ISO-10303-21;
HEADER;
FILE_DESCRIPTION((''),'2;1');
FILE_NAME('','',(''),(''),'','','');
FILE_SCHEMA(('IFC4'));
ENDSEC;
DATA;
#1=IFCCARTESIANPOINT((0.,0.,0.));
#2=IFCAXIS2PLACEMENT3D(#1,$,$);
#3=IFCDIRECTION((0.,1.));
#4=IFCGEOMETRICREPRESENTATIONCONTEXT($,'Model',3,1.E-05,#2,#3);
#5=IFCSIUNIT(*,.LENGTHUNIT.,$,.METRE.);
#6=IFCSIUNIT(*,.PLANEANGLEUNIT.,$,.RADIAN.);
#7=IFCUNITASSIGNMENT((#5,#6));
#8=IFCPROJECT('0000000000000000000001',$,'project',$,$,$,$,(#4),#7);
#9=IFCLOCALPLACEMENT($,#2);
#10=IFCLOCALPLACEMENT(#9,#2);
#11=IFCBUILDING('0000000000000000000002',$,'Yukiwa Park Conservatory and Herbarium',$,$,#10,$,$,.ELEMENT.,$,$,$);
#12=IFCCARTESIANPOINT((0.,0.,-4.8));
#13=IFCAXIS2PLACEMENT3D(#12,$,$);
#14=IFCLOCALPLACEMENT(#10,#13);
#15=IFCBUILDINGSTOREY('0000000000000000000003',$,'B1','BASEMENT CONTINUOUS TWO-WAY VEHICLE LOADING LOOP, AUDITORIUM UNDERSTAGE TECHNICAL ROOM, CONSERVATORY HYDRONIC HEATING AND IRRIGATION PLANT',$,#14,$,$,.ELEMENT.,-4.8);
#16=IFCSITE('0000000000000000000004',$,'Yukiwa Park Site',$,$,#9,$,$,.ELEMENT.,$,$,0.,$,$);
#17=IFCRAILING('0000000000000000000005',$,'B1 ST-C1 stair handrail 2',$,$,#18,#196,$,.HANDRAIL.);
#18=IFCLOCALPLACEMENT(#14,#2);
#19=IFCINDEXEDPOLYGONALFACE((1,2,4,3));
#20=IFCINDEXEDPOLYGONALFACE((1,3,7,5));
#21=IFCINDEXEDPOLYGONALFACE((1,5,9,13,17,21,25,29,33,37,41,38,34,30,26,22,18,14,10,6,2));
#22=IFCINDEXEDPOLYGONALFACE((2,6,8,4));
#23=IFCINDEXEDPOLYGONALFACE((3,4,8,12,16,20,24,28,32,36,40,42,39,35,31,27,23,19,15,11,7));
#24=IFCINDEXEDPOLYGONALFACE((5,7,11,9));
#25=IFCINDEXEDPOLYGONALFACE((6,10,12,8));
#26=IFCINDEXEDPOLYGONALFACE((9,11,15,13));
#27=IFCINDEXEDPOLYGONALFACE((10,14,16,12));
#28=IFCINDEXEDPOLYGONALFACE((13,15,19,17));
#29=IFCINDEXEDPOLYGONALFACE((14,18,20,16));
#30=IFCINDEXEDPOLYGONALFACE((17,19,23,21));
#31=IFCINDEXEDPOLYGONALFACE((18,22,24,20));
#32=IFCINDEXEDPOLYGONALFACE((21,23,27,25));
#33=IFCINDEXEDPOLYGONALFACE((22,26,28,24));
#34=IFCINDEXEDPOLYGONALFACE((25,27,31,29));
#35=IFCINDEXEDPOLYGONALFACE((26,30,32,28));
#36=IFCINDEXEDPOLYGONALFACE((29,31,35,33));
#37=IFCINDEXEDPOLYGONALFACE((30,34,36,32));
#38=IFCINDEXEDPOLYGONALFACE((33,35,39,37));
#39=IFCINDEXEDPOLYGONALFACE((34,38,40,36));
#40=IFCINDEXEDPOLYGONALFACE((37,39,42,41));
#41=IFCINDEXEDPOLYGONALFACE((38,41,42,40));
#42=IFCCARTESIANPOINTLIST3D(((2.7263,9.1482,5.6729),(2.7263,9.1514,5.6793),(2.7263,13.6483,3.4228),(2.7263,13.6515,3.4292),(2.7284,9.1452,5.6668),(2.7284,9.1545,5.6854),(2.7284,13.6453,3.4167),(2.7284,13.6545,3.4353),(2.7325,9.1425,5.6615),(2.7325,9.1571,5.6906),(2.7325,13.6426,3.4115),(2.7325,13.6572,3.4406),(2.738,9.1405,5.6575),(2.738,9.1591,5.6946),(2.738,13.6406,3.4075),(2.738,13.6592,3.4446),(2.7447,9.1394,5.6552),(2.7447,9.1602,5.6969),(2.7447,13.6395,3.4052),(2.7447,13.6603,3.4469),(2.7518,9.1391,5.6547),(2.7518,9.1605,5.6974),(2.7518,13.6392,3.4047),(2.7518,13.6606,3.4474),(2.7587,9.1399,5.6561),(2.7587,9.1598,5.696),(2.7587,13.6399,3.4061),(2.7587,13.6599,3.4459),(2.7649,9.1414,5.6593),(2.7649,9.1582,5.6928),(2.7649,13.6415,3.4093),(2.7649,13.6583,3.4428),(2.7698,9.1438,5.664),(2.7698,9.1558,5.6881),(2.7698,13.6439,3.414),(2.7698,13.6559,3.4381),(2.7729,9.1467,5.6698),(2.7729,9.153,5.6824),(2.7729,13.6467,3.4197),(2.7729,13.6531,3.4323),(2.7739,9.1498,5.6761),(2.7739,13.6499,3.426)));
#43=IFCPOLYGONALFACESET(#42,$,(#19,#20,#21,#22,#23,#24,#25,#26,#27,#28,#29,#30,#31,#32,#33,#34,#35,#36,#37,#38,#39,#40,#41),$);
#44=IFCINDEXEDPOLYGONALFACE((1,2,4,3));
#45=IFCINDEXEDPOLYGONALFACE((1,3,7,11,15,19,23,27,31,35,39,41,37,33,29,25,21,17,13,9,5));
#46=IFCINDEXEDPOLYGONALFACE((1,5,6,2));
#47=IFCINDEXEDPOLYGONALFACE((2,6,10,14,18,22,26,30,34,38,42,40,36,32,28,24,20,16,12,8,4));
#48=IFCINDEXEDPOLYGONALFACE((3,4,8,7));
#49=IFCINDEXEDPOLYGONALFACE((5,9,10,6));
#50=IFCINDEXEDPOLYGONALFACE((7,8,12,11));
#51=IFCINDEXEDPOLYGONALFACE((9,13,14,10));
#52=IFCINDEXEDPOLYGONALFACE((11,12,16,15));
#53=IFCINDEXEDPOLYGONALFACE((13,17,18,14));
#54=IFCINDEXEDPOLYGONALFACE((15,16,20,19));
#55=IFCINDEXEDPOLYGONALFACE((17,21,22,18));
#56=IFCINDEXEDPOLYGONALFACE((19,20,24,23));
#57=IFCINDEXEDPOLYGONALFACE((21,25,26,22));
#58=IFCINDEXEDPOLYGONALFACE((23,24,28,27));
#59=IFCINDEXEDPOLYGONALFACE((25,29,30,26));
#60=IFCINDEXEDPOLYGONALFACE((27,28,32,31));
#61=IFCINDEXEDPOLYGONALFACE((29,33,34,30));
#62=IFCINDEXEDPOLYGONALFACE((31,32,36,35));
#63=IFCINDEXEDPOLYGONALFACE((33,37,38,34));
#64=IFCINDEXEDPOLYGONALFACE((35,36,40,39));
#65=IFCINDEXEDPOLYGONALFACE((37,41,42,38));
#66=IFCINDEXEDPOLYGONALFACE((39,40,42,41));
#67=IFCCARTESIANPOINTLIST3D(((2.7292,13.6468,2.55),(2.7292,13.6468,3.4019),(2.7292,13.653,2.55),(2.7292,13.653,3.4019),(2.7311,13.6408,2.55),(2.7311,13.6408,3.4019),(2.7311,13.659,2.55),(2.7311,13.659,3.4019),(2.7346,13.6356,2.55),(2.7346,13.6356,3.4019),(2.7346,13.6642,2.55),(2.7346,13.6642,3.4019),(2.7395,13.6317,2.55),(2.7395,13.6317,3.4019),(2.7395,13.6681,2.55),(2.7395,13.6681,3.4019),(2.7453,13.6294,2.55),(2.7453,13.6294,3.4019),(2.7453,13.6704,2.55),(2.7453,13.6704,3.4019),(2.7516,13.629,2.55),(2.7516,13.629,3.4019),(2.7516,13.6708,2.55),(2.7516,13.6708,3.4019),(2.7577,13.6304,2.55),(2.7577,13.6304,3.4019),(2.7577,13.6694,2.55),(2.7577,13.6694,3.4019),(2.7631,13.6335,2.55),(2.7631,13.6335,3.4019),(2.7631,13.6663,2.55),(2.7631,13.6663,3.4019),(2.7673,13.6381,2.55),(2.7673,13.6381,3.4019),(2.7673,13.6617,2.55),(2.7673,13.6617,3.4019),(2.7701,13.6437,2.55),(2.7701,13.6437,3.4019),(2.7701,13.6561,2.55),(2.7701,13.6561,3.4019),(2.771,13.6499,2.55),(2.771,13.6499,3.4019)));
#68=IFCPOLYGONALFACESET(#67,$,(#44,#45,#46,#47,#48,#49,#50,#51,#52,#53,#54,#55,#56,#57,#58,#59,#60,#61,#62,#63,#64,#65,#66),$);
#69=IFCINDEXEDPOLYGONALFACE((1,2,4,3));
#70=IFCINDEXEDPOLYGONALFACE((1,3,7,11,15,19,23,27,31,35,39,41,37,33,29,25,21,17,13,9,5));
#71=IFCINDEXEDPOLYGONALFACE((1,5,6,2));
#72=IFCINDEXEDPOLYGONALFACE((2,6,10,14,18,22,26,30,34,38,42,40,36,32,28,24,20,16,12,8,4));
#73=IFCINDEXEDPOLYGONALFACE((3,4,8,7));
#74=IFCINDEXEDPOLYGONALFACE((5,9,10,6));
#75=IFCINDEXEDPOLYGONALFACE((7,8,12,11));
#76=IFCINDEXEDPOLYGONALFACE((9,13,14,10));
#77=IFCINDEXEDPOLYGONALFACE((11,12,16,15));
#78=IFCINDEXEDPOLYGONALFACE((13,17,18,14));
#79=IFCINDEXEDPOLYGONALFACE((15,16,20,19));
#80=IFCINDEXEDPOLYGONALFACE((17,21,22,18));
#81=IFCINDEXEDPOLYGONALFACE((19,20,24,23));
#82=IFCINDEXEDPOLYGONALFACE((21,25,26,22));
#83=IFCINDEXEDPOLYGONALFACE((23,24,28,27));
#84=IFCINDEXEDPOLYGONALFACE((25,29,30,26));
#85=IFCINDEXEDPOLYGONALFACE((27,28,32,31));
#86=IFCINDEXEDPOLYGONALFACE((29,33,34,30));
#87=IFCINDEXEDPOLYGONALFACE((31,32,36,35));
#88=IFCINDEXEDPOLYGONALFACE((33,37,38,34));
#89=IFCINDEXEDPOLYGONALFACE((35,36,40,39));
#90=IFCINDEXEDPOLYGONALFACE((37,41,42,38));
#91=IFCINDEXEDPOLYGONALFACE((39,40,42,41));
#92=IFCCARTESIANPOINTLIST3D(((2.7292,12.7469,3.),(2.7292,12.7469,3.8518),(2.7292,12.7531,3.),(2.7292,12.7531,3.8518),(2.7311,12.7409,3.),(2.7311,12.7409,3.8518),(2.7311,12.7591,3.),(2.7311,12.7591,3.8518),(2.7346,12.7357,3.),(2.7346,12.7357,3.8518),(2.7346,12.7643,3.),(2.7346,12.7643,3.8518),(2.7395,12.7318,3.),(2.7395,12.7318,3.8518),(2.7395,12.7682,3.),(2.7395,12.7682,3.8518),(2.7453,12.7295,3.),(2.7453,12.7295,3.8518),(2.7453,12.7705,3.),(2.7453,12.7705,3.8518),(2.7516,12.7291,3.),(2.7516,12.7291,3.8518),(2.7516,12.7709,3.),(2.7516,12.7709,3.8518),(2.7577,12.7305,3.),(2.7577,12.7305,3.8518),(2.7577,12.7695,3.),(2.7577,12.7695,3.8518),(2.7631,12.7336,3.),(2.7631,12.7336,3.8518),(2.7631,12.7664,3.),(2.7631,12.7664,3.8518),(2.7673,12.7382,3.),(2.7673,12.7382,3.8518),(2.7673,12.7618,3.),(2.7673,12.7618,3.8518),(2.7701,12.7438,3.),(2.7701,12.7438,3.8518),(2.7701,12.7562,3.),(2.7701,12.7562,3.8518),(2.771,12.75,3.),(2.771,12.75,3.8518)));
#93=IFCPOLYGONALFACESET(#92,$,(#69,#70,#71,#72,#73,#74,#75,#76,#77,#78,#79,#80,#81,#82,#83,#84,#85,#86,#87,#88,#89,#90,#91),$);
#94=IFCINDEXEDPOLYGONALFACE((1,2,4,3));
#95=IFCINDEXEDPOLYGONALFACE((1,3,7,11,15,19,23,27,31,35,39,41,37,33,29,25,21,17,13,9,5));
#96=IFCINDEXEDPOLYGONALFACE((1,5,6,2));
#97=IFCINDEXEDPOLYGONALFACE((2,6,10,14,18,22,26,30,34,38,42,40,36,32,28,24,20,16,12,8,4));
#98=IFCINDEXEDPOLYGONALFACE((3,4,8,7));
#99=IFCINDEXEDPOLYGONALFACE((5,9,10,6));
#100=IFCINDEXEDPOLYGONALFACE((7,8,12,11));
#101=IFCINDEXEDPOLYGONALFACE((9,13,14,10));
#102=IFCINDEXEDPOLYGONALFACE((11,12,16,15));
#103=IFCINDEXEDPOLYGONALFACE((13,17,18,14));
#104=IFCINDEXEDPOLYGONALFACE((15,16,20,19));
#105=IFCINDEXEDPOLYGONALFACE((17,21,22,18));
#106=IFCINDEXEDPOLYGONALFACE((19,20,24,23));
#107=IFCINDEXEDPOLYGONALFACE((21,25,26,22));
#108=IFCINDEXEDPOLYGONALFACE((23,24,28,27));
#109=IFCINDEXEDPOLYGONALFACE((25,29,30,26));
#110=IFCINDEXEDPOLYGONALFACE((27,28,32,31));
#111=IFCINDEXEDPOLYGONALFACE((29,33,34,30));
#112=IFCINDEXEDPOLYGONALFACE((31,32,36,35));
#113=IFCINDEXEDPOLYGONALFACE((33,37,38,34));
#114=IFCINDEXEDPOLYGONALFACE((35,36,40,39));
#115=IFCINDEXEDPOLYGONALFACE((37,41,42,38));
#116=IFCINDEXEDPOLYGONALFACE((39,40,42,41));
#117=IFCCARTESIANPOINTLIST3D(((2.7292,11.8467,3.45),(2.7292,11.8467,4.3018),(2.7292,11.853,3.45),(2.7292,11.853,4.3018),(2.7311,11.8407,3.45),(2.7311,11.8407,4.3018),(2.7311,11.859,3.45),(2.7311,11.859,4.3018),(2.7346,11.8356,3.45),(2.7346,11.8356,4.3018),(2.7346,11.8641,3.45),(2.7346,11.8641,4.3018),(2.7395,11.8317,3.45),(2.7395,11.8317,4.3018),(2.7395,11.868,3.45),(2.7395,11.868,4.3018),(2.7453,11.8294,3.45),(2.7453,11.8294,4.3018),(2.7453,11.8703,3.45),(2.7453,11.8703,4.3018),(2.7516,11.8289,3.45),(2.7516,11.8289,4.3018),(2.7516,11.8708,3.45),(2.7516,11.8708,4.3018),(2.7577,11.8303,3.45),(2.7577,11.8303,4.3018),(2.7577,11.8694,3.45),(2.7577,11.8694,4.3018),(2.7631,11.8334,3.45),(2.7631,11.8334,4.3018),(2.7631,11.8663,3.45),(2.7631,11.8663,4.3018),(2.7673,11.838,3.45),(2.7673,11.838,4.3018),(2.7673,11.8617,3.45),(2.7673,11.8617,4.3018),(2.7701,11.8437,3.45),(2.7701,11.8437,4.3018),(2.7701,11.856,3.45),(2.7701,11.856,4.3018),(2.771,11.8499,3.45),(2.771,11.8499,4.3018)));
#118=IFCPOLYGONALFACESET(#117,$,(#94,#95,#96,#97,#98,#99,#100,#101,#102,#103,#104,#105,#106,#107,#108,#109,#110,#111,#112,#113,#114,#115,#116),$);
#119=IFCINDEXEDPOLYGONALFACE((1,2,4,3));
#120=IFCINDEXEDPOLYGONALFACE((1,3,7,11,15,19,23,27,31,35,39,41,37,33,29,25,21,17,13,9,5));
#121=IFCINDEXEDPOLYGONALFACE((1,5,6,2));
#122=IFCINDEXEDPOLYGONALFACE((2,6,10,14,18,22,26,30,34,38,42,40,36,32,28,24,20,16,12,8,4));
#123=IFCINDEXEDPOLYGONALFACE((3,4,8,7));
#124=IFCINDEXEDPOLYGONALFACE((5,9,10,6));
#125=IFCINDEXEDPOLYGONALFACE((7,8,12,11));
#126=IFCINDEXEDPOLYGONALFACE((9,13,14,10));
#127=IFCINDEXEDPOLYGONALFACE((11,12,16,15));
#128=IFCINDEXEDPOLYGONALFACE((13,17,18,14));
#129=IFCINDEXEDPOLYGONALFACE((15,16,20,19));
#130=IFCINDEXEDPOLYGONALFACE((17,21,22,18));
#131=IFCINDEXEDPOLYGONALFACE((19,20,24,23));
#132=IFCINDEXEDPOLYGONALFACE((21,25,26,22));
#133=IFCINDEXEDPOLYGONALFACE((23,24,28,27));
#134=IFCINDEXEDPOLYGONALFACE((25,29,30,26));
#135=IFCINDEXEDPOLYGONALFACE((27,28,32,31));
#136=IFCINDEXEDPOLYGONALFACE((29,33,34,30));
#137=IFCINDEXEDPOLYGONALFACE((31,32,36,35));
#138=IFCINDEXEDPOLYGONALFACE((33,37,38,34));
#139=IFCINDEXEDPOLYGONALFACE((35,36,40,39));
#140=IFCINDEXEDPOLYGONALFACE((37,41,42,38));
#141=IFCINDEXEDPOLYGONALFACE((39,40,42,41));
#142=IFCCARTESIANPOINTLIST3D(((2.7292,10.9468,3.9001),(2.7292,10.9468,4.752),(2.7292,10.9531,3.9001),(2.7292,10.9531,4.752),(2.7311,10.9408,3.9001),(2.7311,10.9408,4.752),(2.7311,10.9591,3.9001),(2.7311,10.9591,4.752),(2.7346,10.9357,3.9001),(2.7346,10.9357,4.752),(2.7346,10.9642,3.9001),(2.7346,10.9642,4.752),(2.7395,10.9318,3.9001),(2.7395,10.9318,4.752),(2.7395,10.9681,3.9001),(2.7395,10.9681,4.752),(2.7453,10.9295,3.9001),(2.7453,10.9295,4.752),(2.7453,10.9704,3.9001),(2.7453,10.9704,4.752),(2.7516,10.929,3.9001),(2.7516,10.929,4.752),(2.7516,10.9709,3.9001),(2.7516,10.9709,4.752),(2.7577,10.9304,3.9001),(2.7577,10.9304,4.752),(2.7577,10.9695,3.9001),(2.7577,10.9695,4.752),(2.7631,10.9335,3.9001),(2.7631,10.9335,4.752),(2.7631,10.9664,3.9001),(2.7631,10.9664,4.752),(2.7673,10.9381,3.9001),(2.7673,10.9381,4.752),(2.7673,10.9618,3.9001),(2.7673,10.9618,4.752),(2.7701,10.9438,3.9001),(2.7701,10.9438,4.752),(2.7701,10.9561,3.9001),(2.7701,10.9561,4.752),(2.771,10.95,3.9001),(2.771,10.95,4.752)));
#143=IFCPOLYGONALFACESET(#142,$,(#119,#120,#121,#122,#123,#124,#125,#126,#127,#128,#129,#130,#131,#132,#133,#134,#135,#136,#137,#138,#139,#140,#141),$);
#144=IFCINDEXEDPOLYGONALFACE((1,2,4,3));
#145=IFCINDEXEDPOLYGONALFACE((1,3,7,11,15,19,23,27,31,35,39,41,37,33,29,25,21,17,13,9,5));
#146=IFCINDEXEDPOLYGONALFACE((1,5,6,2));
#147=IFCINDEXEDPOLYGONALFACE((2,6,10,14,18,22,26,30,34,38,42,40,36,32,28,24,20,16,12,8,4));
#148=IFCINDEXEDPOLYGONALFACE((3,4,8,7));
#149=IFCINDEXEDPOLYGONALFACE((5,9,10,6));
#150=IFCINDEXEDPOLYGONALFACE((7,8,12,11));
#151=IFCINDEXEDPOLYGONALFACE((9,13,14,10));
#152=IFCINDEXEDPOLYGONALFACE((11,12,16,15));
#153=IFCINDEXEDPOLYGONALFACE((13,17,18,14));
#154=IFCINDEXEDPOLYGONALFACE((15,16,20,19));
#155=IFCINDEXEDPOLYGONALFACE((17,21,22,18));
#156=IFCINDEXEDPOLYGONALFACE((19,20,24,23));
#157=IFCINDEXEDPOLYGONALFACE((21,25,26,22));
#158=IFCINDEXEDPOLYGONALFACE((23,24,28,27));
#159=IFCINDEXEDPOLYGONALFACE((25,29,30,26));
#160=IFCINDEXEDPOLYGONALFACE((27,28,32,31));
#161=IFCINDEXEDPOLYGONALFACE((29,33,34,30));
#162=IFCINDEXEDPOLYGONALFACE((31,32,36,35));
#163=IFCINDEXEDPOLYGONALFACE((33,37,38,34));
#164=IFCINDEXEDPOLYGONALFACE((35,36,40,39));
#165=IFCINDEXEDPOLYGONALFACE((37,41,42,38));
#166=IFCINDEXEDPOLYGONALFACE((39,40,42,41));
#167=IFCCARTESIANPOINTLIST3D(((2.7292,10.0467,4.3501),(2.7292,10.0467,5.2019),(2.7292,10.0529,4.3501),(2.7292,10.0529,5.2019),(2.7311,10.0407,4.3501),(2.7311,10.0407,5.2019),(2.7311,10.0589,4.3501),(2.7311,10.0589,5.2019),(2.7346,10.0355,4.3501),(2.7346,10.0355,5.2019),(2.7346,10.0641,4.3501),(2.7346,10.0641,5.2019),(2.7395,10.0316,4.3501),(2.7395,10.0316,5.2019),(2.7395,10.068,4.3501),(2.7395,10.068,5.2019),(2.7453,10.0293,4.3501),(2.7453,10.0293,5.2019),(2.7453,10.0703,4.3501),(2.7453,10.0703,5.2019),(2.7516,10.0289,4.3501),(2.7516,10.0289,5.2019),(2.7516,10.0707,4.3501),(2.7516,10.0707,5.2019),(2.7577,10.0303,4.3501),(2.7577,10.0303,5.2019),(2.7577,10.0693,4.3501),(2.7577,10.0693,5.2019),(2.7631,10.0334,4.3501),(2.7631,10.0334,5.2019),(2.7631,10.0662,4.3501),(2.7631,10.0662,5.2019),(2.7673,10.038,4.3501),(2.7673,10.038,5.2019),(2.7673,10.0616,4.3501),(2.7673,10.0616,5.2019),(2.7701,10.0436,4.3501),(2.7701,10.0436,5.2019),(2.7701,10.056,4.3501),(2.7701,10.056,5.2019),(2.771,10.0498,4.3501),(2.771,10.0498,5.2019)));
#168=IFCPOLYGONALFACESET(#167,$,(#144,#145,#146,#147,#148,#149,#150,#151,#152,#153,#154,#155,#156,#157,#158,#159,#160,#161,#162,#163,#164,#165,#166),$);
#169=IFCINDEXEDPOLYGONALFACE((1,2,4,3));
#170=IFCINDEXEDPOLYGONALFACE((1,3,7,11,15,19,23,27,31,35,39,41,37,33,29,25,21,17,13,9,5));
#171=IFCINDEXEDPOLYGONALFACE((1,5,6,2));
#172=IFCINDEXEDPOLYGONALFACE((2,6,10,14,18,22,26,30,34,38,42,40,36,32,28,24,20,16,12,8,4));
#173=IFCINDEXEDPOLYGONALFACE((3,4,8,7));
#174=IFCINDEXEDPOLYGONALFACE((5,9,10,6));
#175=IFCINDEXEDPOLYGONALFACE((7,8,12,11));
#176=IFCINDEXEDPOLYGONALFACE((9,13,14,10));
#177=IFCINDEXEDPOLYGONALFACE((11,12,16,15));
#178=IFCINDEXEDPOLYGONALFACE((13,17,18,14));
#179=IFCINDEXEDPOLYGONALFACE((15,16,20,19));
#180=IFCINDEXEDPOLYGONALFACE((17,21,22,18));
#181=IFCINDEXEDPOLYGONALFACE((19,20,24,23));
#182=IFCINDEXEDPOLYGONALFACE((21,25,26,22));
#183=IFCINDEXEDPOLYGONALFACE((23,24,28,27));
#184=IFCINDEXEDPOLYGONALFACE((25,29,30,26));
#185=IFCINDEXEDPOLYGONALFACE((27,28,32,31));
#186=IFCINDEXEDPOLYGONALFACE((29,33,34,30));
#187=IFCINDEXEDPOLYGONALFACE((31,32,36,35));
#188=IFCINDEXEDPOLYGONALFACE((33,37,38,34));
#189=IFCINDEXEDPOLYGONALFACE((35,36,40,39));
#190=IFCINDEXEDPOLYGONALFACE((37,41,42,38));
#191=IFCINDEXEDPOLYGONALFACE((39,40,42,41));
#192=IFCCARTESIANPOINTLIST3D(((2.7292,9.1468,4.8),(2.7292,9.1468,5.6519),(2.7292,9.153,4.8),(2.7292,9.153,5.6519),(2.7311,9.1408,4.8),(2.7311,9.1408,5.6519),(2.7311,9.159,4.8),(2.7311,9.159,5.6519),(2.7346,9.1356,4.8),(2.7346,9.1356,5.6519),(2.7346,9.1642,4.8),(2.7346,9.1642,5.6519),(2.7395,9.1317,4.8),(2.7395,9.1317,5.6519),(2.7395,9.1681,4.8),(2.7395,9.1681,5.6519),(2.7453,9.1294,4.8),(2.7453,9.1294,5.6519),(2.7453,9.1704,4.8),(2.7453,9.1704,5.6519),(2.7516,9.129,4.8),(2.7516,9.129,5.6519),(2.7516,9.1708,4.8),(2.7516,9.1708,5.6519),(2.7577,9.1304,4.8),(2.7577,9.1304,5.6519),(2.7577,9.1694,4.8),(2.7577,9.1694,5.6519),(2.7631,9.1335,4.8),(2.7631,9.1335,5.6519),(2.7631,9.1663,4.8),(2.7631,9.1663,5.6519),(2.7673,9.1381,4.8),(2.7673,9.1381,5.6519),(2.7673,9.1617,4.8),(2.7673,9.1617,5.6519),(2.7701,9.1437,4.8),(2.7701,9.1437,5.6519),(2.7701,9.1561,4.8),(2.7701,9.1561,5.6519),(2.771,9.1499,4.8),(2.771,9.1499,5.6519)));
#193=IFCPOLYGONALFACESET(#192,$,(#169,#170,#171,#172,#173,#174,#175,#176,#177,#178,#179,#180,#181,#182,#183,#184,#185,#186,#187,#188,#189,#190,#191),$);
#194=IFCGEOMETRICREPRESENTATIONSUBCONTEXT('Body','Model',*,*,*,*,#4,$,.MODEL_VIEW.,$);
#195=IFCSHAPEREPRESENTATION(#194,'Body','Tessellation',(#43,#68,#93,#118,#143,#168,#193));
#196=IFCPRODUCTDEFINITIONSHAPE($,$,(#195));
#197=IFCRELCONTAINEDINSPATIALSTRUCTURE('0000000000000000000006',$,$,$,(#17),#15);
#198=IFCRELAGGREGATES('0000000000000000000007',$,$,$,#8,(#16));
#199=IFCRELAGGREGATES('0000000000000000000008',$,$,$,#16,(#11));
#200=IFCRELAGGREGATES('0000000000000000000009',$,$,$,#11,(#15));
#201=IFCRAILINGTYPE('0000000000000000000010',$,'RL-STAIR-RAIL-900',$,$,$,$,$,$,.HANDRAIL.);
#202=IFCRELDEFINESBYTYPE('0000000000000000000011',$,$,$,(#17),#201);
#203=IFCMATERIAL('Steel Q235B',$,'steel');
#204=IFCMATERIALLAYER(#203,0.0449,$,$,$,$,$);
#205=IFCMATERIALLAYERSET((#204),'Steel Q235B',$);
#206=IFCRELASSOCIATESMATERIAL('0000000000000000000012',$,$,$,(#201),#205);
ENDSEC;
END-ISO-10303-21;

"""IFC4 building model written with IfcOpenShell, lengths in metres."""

from ifc_helpers import new_model, si_unit, direction, frame, origin, origin_2d, place, context, subcontext, project, spatial, circle, extrude, material, layer, layer_set, type_object, element, save


model = new_model("IFC4")

# Units and contexts
model_context = context("Model", 3, precision=1e-05, world=origin(), true_north=direction((0.0, 1.0)))
body_context = subcontext(model_context, "Body", "Model", "MODEL_VIEW")
ifc_project = project(units=[si_unit("LENGTHUNIT", "METRE"), si_unit("PLANEANGLEUNIT", "RADIAN")], contexts=[model_context])

# Site, building, storey
site_placement = place(None, origin())
site = spatial("IfcSite", under=ifc_project, at=site_placement, Name="Yukiwa Park Site", CompositionType="ELEMENT", RefElevation=0.0)
building_placement = place(site_placement, origin())
building = spatial("IfcBuilding", under=site, at=building_placement, Name="Yukiwa Park Conservatory and Herbarium", CompositionType="ELEMENT")
storey_placement = place(building_placement, frame((0.0, 0.0, -4.8)))
storey = spatial("IfcBuildingStorey", under=building, at=storey_placement, Name="B1", Description="BASEMENT CONTINUOUS TWO-WAY VEHICLE LOADING LOOP, AUDITORIUM UNDERSTAGE TECHNICAL ROOM, CONSERVATORY HYDRONIC HEATING AND IRRIGATION PLANT", CompositionType="ELEMENT", Elevation=-4.8)

# Railing
ifc_material_1 = material(Name="Steel Q235B", Category="steel")
ifc_layer_1 = layer(ifc_material_1, 0.0449)
ifc_layer_set_1 = layer_set([ifc_layer_1], Name="Steel Q235B")
railing_type_1 = type_object("IfcRailingType", Name="RL-STAIR-RAIL-900", PredefinedType="HANDRAIL", material=ifc_layer_set_1)
railing_1_placement = place(storey_placement, frame((2.75, 13.6499, 2.55)))
element("IfcRailing", 1, at=railing_1_placement, inside=storey, type_object=railing_type_1, Name="B1 ST-C1 stair handrail 2", PredefinedType="HANDRAIL", context=body_context, shape_type="SweptSolid", body=[
    extrude(circle(Radius=0.0239, at=origin_2d()), frame((0.0, 0.0, 0.876), z_axis=(0.0, -0.894427, 0.447214), x_axis=(1.0, 0.0, 0.0)), (0.0, 0.0, 1.0), 5.0312),
    extrude(circle(Radius=0.021, at=origin_2d()), origin(), (0.0, 0.0, 1.0), 0.8518),
    extrude(circle(Radius=0.021, at=origin_2d()), frame((0.0, -0.8999, 0.45)), (0.0, 0.0, 1.0), 0.8518),
    extrude(circle(Radius=0.021, at=origin_2d()), frame((0.0, -1.8, 0.8999)), (0.0, 0.0, 1.0), 0.8518),
    extrude(circle(Radius=0.021, at=origin_2d()), frame((0.0, -2.7, 1.3501)), (0.0, 0.0, 1.0), 0.8518),
    extrude(circle(Radius=0.021, at=origin_2d()), frame((0.0, -3.6001, 1.8)), (0.0, 0.0, 1.0), 0.8518),
    extrude(circle(Radius=0.021, at=origin_2d()), frame((0.0, -4.5, 2.25)), (0.0, 0.0, 1.0), 0.8518),
])

save(model, "model.ifc")
